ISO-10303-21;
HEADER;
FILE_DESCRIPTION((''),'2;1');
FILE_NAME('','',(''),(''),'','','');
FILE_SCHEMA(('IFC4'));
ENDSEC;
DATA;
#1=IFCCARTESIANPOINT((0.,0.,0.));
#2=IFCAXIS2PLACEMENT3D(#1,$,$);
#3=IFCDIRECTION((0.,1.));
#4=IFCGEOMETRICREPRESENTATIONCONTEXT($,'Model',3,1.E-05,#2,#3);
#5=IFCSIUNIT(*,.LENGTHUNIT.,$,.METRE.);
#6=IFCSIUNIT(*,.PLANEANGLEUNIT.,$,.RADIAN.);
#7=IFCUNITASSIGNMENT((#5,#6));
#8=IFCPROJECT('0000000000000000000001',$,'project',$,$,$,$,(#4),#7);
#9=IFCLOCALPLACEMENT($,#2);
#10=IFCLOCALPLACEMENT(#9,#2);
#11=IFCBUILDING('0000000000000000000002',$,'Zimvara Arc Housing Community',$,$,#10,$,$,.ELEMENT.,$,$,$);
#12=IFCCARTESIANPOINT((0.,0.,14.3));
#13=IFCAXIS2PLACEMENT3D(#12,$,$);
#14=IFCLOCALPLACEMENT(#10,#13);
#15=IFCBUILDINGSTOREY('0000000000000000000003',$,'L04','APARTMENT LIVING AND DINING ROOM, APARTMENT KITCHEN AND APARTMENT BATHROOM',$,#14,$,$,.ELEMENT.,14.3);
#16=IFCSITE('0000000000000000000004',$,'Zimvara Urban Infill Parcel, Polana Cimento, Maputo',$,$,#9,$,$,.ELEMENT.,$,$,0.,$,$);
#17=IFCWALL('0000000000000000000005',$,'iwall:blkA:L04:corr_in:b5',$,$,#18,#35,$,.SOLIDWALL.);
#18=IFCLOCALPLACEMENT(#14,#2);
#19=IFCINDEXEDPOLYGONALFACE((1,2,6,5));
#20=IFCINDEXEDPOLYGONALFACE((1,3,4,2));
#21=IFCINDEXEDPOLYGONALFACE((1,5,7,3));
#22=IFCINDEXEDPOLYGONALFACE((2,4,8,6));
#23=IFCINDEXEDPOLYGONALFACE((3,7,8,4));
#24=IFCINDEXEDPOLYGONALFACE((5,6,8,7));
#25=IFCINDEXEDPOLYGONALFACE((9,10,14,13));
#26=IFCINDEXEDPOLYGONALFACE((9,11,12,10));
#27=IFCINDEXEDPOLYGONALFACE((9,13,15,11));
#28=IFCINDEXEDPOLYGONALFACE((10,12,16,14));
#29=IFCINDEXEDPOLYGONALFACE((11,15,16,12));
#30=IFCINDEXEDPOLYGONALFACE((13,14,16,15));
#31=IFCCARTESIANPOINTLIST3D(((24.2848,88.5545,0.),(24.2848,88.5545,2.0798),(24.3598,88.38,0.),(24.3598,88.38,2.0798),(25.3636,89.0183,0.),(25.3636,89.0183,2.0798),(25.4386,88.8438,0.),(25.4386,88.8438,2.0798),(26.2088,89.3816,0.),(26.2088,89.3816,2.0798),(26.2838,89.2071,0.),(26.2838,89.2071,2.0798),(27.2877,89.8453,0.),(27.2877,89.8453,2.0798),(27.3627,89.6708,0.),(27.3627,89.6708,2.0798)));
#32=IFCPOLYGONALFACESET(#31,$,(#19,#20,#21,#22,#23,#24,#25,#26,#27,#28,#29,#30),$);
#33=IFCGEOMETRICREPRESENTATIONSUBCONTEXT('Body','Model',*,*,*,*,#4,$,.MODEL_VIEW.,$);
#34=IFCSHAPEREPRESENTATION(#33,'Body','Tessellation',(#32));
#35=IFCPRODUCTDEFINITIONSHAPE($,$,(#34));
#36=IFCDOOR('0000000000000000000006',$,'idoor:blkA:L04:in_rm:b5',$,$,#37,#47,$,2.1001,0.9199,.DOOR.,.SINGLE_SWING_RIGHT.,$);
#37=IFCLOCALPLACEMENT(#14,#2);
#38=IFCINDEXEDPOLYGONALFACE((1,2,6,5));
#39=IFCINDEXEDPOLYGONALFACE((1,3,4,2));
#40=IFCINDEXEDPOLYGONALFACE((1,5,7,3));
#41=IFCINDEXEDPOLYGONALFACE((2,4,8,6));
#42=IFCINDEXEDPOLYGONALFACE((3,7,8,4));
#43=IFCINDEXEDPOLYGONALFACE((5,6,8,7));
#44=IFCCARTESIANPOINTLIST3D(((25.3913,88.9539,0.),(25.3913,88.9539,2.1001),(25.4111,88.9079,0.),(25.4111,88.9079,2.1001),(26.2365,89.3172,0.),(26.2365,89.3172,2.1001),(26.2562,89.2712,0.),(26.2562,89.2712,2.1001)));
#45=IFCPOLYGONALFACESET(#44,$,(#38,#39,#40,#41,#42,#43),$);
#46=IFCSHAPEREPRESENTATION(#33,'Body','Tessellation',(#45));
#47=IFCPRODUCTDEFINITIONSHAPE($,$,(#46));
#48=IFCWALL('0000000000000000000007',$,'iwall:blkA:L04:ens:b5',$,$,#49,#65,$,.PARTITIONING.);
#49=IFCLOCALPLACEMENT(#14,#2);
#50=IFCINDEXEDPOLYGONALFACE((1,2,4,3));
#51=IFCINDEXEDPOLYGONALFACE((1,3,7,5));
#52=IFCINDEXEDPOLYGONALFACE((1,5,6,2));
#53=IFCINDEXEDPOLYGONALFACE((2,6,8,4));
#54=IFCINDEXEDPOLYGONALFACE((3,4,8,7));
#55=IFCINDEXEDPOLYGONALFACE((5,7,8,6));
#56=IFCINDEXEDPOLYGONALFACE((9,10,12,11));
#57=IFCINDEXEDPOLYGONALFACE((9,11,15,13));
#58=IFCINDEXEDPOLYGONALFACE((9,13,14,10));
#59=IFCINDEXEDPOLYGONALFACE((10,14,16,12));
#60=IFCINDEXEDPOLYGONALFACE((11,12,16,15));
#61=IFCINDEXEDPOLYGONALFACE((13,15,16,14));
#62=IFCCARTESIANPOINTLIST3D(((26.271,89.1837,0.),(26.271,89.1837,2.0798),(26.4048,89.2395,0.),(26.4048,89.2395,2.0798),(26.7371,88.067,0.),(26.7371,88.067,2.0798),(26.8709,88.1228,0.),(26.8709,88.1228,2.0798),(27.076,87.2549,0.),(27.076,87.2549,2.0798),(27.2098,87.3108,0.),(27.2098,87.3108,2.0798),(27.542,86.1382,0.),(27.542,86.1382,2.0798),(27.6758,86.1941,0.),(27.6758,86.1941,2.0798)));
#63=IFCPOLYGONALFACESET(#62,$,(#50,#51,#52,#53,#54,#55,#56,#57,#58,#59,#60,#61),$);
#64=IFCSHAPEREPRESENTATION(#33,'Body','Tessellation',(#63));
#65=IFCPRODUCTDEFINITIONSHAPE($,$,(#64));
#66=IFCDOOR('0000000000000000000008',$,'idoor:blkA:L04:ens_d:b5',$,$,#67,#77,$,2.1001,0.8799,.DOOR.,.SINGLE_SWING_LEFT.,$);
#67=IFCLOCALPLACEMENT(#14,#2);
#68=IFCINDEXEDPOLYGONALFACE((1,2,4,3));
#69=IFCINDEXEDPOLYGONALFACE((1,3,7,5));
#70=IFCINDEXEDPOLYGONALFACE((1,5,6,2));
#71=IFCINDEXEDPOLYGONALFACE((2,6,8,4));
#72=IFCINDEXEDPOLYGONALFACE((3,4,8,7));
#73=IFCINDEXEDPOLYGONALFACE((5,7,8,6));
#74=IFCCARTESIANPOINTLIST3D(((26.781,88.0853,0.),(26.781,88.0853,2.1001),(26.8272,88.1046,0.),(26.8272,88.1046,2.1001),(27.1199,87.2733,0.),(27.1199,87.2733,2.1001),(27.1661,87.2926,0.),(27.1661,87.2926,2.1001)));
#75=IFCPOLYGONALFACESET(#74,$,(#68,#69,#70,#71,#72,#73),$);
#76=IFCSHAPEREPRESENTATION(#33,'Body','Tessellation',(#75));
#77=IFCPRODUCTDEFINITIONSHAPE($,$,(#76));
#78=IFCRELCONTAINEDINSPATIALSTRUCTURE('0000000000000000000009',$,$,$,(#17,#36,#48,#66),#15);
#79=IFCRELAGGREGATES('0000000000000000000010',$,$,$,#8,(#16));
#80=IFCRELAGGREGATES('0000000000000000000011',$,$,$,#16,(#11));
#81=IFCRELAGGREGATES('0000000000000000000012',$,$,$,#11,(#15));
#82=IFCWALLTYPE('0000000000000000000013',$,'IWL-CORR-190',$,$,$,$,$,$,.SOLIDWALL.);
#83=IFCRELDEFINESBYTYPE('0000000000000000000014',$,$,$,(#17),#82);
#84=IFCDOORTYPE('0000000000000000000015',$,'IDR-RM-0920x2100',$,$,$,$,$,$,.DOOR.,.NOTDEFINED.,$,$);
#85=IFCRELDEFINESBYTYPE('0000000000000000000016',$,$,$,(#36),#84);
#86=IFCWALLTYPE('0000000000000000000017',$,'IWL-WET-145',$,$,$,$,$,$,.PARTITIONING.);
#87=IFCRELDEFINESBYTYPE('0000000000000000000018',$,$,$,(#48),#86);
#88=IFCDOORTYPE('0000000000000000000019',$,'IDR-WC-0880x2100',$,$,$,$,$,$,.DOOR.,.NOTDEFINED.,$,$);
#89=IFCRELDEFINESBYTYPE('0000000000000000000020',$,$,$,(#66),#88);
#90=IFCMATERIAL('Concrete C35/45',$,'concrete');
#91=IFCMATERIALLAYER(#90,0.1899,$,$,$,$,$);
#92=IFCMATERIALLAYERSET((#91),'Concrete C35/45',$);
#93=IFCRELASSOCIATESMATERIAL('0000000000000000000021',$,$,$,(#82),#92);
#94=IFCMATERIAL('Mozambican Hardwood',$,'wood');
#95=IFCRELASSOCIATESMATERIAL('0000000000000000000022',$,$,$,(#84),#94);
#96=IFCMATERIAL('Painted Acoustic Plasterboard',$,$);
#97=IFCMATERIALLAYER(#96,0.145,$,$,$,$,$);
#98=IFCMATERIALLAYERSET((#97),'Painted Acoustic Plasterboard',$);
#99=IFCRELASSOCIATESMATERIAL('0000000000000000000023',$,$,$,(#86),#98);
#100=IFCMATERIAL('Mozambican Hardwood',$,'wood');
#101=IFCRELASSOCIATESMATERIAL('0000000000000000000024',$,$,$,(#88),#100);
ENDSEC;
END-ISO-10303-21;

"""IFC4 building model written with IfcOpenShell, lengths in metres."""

from ifc_helpers import new_model, si_unit, direction, frame, frame_2d, origin, place, context, subcontext, project, spatial, rectangle, extrude, material, layer, layer_set, type_object, element, fill, save


model = new_model("IFC4")

# Units and contexts
model_context = context("Model", 3, precision=1e-05, world=origin(), true_north=direction((0.0, 1.0)))
body_context = subcontext(model_context, "Body", "Model", "MODEL_VIEW")
ifc_project = project(units=[si_unit("LENGTHUNIT", "METRE"), si_unit("PLANEANGLEUNIT", "RADIAN")], contexts=[model_context])

# Site, building, storey
site_placement = place(None, origin())
site = spatial("IfcSite", under=ifc_project, at=site_placement, Name="Zimvara Urban Infill Parcel, Polana Cimento, Maputo", CompositionType="ELEMENT", RefElevation=0.0)
building_placement = place(site_placement, origin())
building = spatial("IfcBuilding", under=site, at=building_placement, Name="Zimvara Arc Housing Community", CompositionType="ELEMENT")
storey_placement = place(building_placement, frame((0.0, 0.0, 14.3)))
storey = spatial("IfcBuildingStorey", under=building, at=storey_placement, Name="L04", Description="APARTMENT LIVING AND DINING ROOM, APARTMENT KITCHEN AND APARTMENT BATHROOM", CompositionType="ELEMENT", Elevation=14.3)

# Walls, openings, doors
ifc_material_1 = material(Name="Concrete C35/45", Category="concrete")
ifc_layer_1 = layer(ifc_material_1, 0.1899)
ifc_layer_set_1 = layer_set([ifc_layer_1], Name="Concrete C35/45")
wall_type_1 = type_object("IfcWallType", Name="IWL-CORR-190", PredefinedType="SOLIDWALL", material=ifc_layer_set_1)
wall_1_placement = place(storey_placement, frame((24.3223, 88.4673, 0.0), z_axis=(0.0, 0.0, 1.0), x_axis=(0.918723, 0.394902, 0.0)))
wall_1 = element("IfcWall", 1, at=wall_1_placement, inside=storey, type_object=wall_type_1, Name="iwall:blkA:L04:corr_in:b5", PredefinedType="SOLIDWALL", context=body_context, shape_type="SweptSolid", body=[
    extrude(rectangle(XDim=3.2686, YDim=0.1899, at=frame_2d((1.6343, 0.0))), origin(), (0.0, 0.0, 1.0), 2.0798),
])
opening_1_placement = place(wall_1_placement, frame((1.1743, 0.0, 0.0)))
opening_1 = element("IfcOpeningElement", 2, at=opening_1_placement, cuts=wall_1, PredefinedType="OPENING", context=body_context, shape_type="SweptSolid", body=[
    extrude(rectangle(XDim=0.9199, YDim=2.1001, at=frame_2d((0.46, 1.05))), frame((0.0, 0.105, 0.0), z_axis=(0.0, -1.0, 0.0), x_axis=(1.0, 0.0, 0.0)), (0.0, 0.0, 1.0), 0.21),
])
ifc_material_2 = material(Name="Mozambican Hardwood", Category="wood")
door_type_1 = type_object("IfcDoorType", Name="IDR-RM-0920x2100", OperationType="NOTDEFINED", PredefinedType="DOOR", material=ifc_material_2)
door_1_placement = place(opening_1_placement, origin())
door_1 = element("IfcDoor", 3, at=door_1_placement, inside=storey, type_object=door_type_1, Name="idoor:blkA:L04:in_rm:b5", OperationType="SINGLE_SWING_RIGHT", OverallHeight=2.1001, OverallWidth=0.9199, PredefinedType="DOOR", context=body_context, shape_type="SweptSolid", body=[
    extrude(rectangle(XDim=0.9199, YDim=2.1001, at=frame_2d((0.46, 1.05))), frame((0.0, 0.0249, 0.0), z_axis=(0.0, -1.0, 0.0), x_axis=(1.0, 0.0, 0.0)), (0.0, 0.0, 1.0), 0.05),
])
fill(opening_1, door_1)
ifc_material_3 = material(Name="Painted Acoustic Plasterboard")
ifc_layer_2 = layer(ifc_material_3, 0.145)
ifc_layer_set_2 = layer_set([ifc_layer_2], Name="Painted Acoustic Plasterboard")
wall_type_2 = type_object("IfcWallType", Name="IWL-WET-145", PredefinedType="PARTITIONING", material=ifc_layer_set_2)
wall_2_placement = place(storey_placement, frame((27.6089, 86.1663, 0.0), z_axis=(0.0, 0.0, 1.0), x_axis=(-0.385151, 0.922854, 0.0)))
wall_2 = element("IfcWall", 4, at=wall_2_placement, inside=storey, type_object=wall_type_2, Name="iwall:blkA:L04:ens:b5", PredefinedType="PARTITIONING", context=body_context, shape_type="SweptSolid", body=[
    extrude(rectangle(XDim=3.3, YDim=0.145, at=frame_2d((1.6499, 0.0))), origin(), (0.0, 0.0, 1.0), 2.0798),
])
opening_2_placement = place(wall_2_placement, frame((1.21, 0.0, 0.0)))
opening_2 = element("IfcOpeningElement", 5, at=opening_2_placement, cuts=wall_2, PredefinedType="OPENING", context=body_context, shape_type="SweptSolid", body=[
    extrude(rectangle(XDim=0.8799, YDim=2.1001, at=frame_2d((0.4399, 1.05))), frame((0.0, 0.0825, 0.0), z_axis=(0.0, -1.0, 0.0), x_axis=(1.0, 0.0, 0.0)), (0.0, 0.0, 1.0), 0.165),
])
ifc_material_4 = material(Name="Mozambican Hardwood", Category="wood")
door_type_2 = type_object("IfcDoorType", Name="IDR-WC-0880x2100", OperationType="NOTDEFINED", PredefinedType="DOOR", material=ifc_material_4)
door_2_placement = place(opening_2_placement, origin())
door_2 = element("IfcDoor", 6, at=door_2_placement, inside=storey, type_object=door_type_2, Name="idoor:blkA:L04:ens_d:b5", OperationType="SINGLE_SWING_LEFT", OverallHeight=2.1001, OverallWidth=0.8799, PredefinedType="DOOR", context=body_context, shape_type="SweptSolid", body=[
    extrude(rectangle(XDim=0.8799, YDim=2.1001, at=frame_2d((0.4399, 1.05))), frame((0.0, 0.0249, 0.0), z_axis=(0.0, -1.0, 0.0), x_axis=(1.0, 0.0, 0.0)), (0.0, 0.0, 1.0), 0.05),
])
fill(opening_2, door_2)

save(model, "model.ifc")
